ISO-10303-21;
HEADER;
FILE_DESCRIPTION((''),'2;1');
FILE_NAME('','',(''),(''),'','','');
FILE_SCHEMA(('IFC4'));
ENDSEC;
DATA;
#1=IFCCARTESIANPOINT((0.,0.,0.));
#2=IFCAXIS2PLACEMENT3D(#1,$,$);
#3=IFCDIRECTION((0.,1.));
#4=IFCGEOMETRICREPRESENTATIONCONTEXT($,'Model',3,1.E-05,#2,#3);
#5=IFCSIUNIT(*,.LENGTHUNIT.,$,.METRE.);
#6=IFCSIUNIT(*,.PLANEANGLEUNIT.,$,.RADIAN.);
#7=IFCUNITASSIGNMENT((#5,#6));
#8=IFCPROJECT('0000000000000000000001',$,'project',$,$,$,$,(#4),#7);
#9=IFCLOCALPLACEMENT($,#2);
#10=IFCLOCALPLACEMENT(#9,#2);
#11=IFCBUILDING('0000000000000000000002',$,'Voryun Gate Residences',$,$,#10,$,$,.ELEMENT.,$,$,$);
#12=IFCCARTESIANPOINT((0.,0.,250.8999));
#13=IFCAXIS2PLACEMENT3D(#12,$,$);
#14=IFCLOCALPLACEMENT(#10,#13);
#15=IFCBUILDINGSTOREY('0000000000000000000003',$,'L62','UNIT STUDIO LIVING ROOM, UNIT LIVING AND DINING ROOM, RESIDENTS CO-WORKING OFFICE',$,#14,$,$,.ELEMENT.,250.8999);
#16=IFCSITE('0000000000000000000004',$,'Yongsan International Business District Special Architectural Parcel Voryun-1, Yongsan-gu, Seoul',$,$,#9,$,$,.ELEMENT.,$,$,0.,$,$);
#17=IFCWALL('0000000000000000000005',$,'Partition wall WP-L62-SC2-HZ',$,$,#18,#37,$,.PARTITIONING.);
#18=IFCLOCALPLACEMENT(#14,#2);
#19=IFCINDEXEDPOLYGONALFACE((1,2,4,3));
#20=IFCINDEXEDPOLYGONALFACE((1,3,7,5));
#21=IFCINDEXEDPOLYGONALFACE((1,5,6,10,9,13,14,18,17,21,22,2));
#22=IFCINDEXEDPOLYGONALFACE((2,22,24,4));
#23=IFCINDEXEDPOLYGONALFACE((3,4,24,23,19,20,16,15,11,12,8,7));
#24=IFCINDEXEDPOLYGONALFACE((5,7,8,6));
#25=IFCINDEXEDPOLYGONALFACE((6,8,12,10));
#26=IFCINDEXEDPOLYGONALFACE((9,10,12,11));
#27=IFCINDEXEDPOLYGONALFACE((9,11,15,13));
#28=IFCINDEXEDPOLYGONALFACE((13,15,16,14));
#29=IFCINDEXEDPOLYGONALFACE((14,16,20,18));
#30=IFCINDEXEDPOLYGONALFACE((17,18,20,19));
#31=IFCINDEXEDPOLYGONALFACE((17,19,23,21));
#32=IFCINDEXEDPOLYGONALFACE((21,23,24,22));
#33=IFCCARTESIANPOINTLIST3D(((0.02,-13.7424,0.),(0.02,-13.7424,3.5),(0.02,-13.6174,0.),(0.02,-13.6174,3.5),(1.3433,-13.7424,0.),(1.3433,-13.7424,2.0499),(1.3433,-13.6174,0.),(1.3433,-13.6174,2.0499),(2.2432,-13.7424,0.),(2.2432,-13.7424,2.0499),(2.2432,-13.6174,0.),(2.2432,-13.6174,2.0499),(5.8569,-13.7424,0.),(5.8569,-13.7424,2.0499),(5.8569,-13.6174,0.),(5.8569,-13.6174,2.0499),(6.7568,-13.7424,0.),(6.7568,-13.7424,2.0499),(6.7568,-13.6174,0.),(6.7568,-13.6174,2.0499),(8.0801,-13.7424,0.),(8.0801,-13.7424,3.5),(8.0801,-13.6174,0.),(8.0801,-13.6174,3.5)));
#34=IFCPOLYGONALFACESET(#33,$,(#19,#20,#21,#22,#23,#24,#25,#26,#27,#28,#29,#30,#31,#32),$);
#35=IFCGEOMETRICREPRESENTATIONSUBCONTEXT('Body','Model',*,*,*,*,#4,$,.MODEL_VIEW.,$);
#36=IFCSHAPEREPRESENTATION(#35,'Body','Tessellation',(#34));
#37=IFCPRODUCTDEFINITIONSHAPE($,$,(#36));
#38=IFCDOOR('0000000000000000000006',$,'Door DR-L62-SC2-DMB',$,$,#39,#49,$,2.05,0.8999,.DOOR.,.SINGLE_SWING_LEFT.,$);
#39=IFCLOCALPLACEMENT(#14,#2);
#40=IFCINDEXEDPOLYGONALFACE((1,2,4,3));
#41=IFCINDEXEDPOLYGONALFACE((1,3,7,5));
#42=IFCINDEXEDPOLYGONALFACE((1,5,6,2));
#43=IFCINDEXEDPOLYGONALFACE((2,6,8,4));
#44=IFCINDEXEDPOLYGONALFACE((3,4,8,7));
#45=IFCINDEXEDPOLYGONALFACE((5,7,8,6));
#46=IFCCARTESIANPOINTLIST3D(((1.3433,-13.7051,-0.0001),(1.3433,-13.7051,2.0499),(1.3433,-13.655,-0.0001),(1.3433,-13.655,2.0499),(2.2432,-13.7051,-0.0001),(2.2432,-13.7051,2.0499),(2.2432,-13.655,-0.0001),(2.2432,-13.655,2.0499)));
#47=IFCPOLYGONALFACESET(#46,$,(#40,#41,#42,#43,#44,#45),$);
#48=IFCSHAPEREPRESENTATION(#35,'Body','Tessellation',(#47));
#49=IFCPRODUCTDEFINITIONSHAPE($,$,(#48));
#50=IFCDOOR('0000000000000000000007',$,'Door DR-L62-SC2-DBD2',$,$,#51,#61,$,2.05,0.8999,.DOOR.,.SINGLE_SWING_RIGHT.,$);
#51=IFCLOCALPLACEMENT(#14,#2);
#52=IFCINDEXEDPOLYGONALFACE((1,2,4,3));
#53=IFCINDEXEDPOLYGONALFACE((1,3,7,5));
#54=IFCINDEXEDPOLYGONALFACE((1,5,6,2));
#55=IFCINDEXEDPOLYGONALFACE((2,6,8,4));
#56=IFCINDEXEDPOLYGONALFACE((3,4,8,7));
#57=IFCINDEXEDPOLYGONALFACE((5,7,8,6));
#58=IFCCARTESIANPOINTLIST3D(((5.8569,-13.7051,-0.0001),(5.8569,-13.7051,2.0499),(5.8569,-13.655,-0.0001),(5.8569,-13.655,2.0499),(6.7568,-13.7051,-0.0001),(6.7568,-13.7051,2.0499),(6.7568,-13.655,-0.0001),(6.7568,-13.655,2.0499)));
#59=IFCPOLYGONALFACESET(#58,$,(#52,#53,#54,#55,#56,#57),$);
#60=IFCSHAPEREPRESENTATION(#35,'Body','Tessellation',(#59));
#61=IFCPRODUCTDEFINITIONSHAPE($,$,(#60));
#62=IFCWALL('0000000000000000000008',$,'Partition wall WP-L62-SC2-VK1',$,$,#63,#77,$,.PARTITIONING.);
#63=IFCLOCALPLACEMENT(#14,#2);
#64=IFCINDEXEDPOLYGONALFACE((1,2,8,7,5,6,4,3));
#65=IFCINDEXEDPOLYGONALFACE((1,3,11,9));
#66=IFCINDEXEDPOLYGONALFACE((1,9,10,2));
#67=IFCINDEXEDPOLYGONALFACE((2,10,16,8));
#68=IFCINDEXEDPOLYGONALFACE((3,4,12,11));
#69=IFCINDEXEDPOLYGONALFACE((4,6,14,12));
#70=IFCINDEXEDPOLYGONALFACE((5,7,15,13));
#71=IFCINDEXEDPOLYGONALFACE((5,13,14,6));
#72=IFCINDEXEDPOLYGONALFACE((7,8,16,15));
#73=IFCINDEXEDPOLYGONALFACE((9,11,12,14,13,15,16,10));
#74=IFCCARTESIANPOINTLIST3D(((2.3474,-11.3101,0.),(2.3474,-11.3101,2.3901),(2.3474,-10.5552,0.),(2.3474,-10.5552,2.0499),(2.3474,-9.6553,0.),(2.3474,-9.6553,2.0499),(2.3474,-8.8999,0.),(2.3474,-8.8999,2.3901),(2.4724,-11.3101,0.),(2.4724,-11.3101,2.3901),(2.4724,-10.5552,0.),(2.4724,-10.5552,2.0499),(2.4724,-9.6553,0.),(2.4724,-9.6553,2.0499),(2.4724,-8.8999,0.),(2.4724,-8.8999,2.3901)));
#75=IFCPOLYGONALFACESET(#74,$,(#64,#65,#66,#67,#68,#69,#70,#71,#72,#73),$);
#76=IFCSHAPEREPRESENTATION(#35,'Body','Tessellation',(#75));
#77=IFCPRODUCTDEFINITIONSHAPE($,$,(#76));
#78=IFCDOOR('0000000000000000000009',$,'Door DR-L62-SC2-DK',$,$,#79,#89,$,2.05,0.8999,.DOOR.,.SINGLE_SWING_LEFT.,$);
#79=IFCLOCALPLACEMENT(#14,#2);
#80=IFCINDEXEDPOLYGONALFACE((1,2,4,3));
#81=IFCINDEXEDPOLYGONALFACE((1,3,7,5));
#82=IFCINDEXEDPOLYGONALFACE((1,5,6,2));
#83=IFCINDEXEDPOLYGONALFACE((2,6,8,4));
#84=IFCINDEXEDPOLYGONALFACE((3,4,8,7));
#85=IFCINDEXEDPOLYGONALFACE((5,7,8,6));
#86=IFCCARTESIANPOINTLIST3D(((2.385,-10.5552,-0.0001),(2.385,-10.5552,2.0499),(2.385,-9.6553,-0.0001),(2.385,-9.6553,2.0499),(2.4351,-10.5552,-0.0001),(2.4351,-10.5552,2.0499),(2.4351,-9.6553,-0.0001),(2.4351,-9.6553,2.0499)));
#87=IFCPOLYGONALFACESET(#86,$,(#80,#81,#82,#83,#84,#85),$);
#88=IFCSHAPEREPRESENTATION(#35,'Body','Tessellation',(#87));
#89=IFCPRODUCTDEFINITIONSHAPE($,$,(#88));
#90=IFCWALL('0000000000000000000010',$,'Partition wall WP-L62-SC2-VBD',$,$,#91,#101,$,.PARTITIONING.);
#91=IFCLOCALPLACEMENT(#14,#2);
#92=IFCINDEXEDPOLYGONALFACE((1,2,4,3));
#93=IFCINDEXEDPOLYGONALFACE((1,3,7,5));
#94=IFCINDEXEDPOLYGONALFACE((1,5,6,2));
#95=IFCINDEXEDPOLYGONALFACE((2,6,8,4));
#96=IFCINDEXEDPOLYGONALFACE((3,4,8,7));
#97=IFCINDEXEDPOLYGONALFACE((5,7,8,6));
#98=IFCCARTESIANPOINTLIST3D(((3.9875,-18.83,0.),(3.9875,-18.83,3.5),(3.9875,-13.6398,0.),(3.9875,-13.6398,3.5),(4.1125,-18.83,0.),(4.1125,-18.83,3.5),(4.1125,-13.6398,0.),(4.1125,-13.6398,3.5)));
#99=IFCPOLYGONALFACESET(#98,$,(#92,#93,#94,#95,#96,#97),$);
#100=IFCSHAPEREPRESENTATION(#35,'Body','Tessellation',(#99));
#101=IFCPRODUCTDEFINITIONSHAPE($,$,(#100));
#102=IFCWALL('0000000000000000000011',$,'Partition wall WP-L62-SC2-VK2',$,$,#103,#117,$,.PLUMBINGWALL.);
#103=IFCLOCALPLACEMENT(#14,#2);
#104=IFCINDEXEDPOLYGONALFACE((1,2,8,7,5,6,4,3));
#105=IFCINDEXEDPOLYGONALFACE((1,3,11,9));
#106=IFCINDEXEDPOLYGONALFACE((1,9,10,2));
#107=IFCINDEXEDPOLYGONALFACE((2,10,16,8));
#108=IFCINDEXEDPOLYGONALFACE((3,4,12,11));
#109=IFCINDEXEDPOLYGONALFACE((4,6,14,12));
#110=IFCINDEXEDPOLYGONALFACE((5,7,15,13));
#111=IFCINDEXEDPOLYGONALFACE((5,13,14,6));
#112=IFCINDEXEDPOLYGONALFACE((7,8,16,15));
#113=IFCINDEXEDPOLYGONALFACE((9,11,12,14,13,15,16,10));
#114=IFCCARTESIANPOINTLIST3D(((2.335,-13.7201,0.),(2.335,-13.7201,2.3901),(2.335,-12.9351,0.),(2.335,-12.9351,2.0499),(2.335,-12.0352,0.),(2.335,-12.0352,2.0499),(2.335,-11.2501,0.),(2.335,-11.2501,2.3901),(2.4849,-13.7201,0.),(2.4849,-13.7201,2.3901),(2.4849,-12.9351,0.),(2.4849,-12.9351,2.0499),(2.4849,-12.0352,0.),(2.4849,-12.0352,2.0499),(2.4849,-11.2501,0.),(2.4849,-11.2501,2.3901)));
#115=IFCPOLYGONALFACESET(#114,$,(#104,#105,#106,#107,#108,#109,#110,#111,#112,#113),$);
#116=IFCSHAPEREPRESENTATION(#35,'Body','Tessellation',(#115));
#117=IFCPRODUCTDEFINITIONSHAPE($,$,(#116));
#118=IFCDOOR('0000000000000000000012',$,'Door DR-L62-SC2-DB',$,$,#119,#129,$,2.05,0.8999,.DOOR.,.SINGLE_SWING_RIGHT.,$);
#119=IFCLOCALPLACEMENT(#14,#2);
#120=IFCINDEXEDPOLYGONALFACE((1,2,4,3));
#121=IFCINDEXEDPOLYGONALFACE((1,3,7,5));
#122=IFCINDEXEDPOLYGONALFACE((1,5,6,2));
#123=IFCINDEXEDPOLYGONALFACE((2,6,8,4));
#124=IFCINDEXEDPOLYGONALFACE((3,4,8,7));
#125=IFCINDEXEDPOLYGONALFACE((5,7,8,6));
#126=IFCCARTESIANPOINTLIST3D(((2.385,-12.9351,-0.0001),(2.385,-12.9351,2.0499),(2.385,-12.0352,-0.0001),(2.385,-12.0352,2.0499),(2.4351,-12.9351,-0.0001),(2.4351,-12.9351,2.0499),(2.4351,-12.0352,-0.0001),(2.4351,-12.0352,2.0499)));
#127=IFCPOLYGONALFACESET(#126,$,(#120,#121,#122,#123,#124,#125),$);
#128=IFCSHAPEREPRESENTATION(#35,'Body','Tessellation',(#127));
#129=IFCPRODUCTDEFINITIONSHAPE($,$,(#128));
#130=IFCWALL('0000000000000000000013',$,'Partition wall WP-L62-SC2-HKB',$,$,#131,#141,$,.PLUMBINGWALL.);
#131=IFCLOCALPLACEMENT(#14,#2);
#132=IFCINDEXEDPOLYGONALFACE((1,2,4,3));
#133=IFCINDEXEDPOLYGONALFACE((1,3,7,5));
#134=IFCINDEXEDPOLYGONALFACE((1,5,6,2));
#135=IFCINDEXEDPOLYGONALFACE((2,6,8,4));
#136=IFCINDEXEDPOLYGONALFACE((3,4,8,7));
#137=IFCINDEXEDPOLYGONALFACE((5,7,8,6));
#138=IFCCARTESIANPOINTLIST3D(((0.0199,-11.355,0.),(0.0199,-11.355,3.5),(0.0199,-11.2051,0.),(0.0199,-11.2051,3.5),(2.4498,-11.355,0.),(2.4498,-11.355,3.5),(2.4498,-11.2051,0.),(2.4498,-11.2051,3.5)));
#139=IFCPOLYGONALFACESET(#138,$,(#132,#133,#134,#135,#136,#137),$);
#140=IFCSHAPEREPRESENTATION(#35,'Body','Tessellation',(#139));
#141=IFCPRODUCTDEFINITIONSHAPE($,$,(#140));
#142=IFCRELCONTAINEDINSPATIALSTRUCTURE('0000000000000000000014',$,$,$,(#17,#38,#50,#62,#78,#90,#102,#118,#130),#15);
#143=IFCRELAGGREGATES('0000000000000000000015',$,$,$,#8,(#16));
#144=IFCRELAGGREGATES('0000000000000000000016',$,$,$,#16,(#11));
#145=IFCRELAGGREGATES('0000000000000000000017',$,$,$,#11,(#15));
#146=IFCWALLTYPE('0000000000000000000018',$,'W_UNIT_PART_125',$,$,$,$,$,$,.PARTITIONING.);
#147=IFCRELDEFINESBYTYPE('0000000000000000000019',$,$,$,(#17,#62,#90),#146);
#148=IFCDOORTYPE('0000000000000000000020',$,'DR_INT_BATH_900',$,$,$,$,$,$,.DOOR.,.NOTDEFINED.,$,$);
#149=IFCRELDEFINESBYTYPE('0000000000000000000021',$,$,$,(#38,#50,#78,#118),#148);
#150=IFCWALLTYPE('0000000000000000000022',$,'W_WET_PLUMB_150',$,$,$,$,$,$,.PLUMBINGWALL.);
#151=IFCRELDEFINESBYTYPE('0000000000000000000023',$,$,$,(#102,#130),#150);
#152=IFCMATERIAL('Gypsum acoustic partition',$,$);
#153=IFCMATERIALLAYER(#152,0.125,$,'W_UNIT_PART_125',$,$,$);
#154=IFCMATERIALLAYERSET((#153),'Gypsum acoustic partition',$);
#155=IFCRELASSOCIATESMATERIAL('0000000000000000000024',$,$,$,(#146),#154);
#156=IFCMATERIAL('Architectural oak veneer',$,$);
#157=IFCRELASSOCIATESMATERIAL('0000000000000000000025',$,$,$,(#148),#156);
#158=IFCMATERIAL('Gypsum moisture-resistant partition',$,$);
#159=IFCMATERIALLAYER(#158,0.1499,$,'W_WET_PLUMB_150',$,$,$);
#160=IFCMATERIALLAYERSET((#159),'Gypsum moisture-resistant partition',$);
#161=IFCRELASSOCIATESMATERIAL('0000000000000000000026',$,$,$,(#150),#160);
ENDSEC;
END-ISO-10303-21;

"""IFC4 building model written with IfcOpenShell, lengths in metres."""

from ifc_helpers import new_model, si_unit, direction, frame, frame_2d, origin, place, context, subcontext, project, spatial, rectangle, extrude, material, layer, layer_set, type_object, element, fill, save


model = new_model("IFC4")

# Units and contexts
model_context = context("Model", 3, precision=1e-05, world=origin(), true_north=direction((0.0, 1.0)))
body_context = subcontext(model_context, "Body", "Model", "MODEL_VIEW")
ifc_project = project(units=[si_unit("LENGTHUNIT", "METRE"), si_unit("PLANEANGLEUNIT", "RADIAN")], contexts=[model_context])

# Site, building, storey
site_placement = place(None, origin())
site = spatial("IfcSite", under=ifc_project, at=site_placement, Name="Yongsan International Business District Special Architectural Parcel Voryun-1, Yongsan-gu, Seoul", CompositionType="ELEMENT", RefElevation=0.0)
building_placement = place(site_placement, origin())
building = spatial("IfcBuilding", under=site, at=building_placement, Name="Voryun Gate Residences", CompositionType="ELEMENT")
storey_placement = place(building_placement, frame((0.0, 0.0, 250.8999)))
storey = spatial("IfcBuildingStorey", under=building, at=storey_placement, Name="L62", Description="UNIT STUDIO LIVING ROOM, UNIT LIVING AND DINING ROOM, RESIDENTS CO-WORKING OFFICE", CompositionType="ELEMENT", Elevation=250.8999)

# Shared definitions
ifc_material_1 = material(Name="Gypsum acoustic partition")
ifc_layer_1 = layer(ifc_material_1, 0.125, Name="W_UNIT_PART_125")
ifc_layer_set_1 = layer_set([ifc_layer_1], Name="Gypsum acoustic partition")
wall_type_1 = type_object("IfcWallType", Name="W_UNIT_PART_125", PredefinedType="PARTITIONING", material=ifc_layer_set_1)

# Wall, openings, doors
wall_1_placement = place(storey_placement, frame((0.02, -13.6799, 0.0), z_axis=(0.0, 0.0, 1.0), x_axis=(1.0, 0.0, 0.0)))
wall_1 = element("IfcWall", 1, at=wall_1_placement, inside=storey, type_object=wall_type_1, Name="Partition wall WP-L62-SC2-HZ", PredefinedType="PARTITIONING", context=body_context, shape_type="SweptSolid", body=[
    extrude(rectangle(XDim=8.0601, YDim=0.125, at=frame_2d((4.03, 0.0))), origin(), (0.0, 0.0, 1.0), 3.5),
])
opening_1_placement = place(wall_1_placement, frame((1.3232, 0.0, 0.0)))
opening_1 = element("IfcOpeningElement", 2, at=opening_1_placement, cuts=wall_1, PredefinedType="OPENING", context=body_context, shape_type="SweptSolid", body=[
    extrude(rectangle(XDim=0.8999, YDim=2.05, at=frame_2d((0.45, 1.0249))), frame((0.0, 0.0725, 0.0), z_axis=(0.0, -1.0, 0.0), x_axis=(1.0, 0.0, 0.0)), (0.0, 0.0, 1.0), 0.145),
])
opening_2_placement = place(wall_1_placement, frame((5.8369, 0.0, 0.0)))
opening_2 = element("IfcOpeningElement", 3, at=opening_2_placement, cuts=wall_1, PredefinedType="OPENING", context=body_context, shape_type="SweptSolid", body=[
    extrude(rectangle(XDim=0.8999, YDim=2.05, at=frame_2d((0.45, 1.0249))), frame((0.0, 0.0725, 0.0), z_axis=(0.0, -1.0, 0.0), x_axis=(1.0, 0.0, 0.0)), (0.0, 0.0, 1.0), 0.145),
])
ifc_material_2 = material(Name="Architectural oak veneer")
door_type_1 = type_object("IfcDoorType", Name="DR_INT_BATH_900", OperationType="NOTDEFINED", PredefinedType="DOOR", material=ifc_material_2)
door_1_placement = place(opening_1_placement, origin())
door_1 = element("IfcDoor", 4, at=door_1_placement, inside=storey, type_object=door_type_1, Name="Door DR-L62-SC2-DMB", OperationType="SINGLE_SWING_LEFT", OverallHeight=2.05, OverallWidth=0.8999, PredefinedType="DOOR", context=body_context, shape_type="SweptSolid", body=[
    extrude(rectangle(XDim=0.8999, YDim=2.05, at=frame_2d((0.45, 1.0249))), frame((0.0, 0.0249, 0.0), z_axis=(0.0, -1.0, 0.0), x_axis=(1.0, 0.0, 0.0)), (0.0, 0.0, 1.0), 0.05),
])
fill(opening_1, door_1)
door_2_placement = place(opening_2_placement, origin())
door_2 = element("IfcDoor", 5, at=door_2_placement, inside=storey, type_object=door_type_1, Name="Door DR-L62-SC2-DBD2", OperationType="SINGLE_SWING_RIGHT", OverallHeight=2.05, OverallWidth=0.8999, PredefinedType="DOOR", context=body_context, shape_type="SweptSolid", body=[
    extrude(rectangle(XDim=0.8999, YDim=2.05, at=frame_2d((0.45, 1.0249))), frame((0.0, 0.0249, 0.0), z_axis=(0.0, -1.0, 0.0), x_axis=(1.0, 0.0, 0.0)), (0.0, 0.0, 1.0), 0.05),
])
fill(opening_2, door_2)

# Wall, opening, door
wall_2_placement = place(storey_placement, frame((2.4099, -11.3101, 0.0), z_axis=(0.0, 0.0, 1.0), x_axis=(0.0, 1.0, 0.0)))
wall_2 = element("IfcWall", 6, at=wall_2_placement, inside=storey, type_object=wall_type_1, Name="Partition wall WP-L62-SC2-VK1", PredefinedType="PARTITIONING", context=body_context, shape_type="SweptSolid", body=[
    extrude(rectangle(XDim=2.4102, YDim=0.125, at=frame_2d((1.2051, 0.0))), origin(), (0.0, 0.0, 1.0), 2.3901),
])
opening_3_placement = place(wall_2_placement, frame((0.7549, 0.0, 0.0)))
opening_3 = element("IfcOpeningElement", 7, at=opening_3_placement, cuts=wall_2, PredefinedType="OPENING", context=body_context, shape_type="SweptSolid", body=[
    extrude(rectangle(XDim=0.8999, YDim=2.05, at=frame_2d((0.45, 1.0249))), frame((0.0, 0.0725, 0.0), z_axis=(0.0, -1.0, 0.0), x_axis=(1.0, 0.0, 0.0)), (0.0, 0.0, 1.0), 0.145),
])
door_3_placement = place(opening_3_placement, origin())
door_3 = element("IfcDoor", 8, at=door_3_placement, inside=storey, type_object=door_type_1, Name="Door DR-L62-SC2-DK", OperationType="SINGLE_SWING_LEFT", OverallHeight=2.05, OverallWidth=0.8999, PredefinedType="DOOR", context=body_context, shape_type="SweptSolid", body=[
    extrude(rectangle(XDim=0.8999, YDim=2.05, at=frame_2d((0.45, 1.0249))), frame((0.0, 0.0249, 0.0), z_axis=(0.0, -1.0, 0.0), x_axis=(1.0, 0.0, 0.0)), (0.0, 0.0, 1.0), 0.05),
])
fill(opening_3, door_3)

# Wall
wall_3_placement = place(storey_placement, frame((4.05, -18.8301, 0.0), z_axis=(0.0, 0.0, 1.0), x_axis=(0.0, 1.0, 0.0)))
element("IfcWall", 9, at=wall_3_placement, inside=storey, type_object=wall_type_1, Name="Partition wall WP-L62-SC2-VBD", PredefinedType="PARTITIONING", context=body_context, shape_type="SweptSolid", body=[
    extrude(rectangle(XDim=5.1902, YDim=0.125, at=frame_2d((2.5952, 0.0))), origin(), (0.0, 0.0, 1.0), 3.5),
])

# Wall, opening, door
ifc_material_3 = material(Name="Gypsum moisture-resistant partition")
ifc_layer_2 = layer(ifc_material_3, 0.1499, Name="W_WET_PLUMB_150")
ifc_layer_set_2 = layer_set([ifc_layer_2], Name="Gypsum moisture-resistant partition")
wall_type_2 = type_object("IfcWallType", Name="W_WET_PLUMB_150", PredefinedType="PLUMBINGWALL", material=ifc_layer_set_2)
wall_4_placement = place(storey_placement, frame((2.4099, -13.72, 0.0), z_axis=(0.0, 0.0, 1.0), x_axis=(0.0, 1.0, 0.0)))
wall_4 = element("IfcWall", 10, at=wall_4_placement, inside=storey, type_object=wall_type_2, Name="Partition wall WP-L62-SC2-VK2", PredefinedType="PLUMBINGWALL", context=body_context, shape_type="SweptSolid", body=[
    extrude(rectangle(XDim=2.47, YDim=0.1499, at=frame_2d((1.2349, 0.0))), origin(), (0.0, 0.0, 1.0), 2.3901),
])
opening_4_placement = place(wall_4_placement, frame((0.7849, 0.0, 0.0)))
opening_4 = element("IfcOpeningElement", 11, at=opening_4_placement, cuts=wall_4, PredefinedType="OPENING", context=body_context, shape_type="SweptSolid", body=[
    extrude(rectangle(XDim=0.8999, YDim=2.05, at=frame_2d((0.45, 1.0249))), frame((0.0, 0.085, 0.0), z_axis=(0.0, -1.0, 0.0), x_axis=(1.0, 0.0, 0.0)), (0.0, 0.0, 1.0), 0.1699),
])
door_4_placement = place(opening_4_placement, origin())
door_4 = element("IfcDoor", 12, at=door_4_placement, inside=storey, type_object=door_type_1, Name="Door DR-L62-SC2-DB", OperationType="SINGLE_SWING_RIGHT", OverallHeight=2.05, OverallWidth=0.8999, PredefinedType="DOOR", context=body_context, shape_type="SweptSolid", body=[
    extrude(rectangle(XDim=0.8999, YDim=2.05, at=frame_2d((0.45, 1.0249))), frame((0.0, 0.0249, 0.0), z_axis=(0.0, -1.0, 0.0), x_axis=(1.0, 0.0, 0.0)), (0.0, 0.0, 1.0), 0.05),
])
fill(opening_4, door_4)

# Wall
wall_5_placement = place(storey_placement, frame((0.02, -11.28, 0.0), z_axis=(0.0, 0.0, 1.0), x_axis=(1.0, 0.0, 0.0)))
element("IfcWall", 13, at=wall_5_placement, inside=storey, type_object=wall_type_2, Name="Partition wall WP-L62-SC2-HKB", PredefinedType="PLUMBINGWALL", context=body_context, shape_type="SweptSolid", body=[
    extrude(rectangle(XDim=2.4299, YDim=0.1499, at=frame_2d((1.2148, 0.0))), origin(), (0.0, 0.0, 1.0), 3.5),
])

save(model, "model.ifc")
